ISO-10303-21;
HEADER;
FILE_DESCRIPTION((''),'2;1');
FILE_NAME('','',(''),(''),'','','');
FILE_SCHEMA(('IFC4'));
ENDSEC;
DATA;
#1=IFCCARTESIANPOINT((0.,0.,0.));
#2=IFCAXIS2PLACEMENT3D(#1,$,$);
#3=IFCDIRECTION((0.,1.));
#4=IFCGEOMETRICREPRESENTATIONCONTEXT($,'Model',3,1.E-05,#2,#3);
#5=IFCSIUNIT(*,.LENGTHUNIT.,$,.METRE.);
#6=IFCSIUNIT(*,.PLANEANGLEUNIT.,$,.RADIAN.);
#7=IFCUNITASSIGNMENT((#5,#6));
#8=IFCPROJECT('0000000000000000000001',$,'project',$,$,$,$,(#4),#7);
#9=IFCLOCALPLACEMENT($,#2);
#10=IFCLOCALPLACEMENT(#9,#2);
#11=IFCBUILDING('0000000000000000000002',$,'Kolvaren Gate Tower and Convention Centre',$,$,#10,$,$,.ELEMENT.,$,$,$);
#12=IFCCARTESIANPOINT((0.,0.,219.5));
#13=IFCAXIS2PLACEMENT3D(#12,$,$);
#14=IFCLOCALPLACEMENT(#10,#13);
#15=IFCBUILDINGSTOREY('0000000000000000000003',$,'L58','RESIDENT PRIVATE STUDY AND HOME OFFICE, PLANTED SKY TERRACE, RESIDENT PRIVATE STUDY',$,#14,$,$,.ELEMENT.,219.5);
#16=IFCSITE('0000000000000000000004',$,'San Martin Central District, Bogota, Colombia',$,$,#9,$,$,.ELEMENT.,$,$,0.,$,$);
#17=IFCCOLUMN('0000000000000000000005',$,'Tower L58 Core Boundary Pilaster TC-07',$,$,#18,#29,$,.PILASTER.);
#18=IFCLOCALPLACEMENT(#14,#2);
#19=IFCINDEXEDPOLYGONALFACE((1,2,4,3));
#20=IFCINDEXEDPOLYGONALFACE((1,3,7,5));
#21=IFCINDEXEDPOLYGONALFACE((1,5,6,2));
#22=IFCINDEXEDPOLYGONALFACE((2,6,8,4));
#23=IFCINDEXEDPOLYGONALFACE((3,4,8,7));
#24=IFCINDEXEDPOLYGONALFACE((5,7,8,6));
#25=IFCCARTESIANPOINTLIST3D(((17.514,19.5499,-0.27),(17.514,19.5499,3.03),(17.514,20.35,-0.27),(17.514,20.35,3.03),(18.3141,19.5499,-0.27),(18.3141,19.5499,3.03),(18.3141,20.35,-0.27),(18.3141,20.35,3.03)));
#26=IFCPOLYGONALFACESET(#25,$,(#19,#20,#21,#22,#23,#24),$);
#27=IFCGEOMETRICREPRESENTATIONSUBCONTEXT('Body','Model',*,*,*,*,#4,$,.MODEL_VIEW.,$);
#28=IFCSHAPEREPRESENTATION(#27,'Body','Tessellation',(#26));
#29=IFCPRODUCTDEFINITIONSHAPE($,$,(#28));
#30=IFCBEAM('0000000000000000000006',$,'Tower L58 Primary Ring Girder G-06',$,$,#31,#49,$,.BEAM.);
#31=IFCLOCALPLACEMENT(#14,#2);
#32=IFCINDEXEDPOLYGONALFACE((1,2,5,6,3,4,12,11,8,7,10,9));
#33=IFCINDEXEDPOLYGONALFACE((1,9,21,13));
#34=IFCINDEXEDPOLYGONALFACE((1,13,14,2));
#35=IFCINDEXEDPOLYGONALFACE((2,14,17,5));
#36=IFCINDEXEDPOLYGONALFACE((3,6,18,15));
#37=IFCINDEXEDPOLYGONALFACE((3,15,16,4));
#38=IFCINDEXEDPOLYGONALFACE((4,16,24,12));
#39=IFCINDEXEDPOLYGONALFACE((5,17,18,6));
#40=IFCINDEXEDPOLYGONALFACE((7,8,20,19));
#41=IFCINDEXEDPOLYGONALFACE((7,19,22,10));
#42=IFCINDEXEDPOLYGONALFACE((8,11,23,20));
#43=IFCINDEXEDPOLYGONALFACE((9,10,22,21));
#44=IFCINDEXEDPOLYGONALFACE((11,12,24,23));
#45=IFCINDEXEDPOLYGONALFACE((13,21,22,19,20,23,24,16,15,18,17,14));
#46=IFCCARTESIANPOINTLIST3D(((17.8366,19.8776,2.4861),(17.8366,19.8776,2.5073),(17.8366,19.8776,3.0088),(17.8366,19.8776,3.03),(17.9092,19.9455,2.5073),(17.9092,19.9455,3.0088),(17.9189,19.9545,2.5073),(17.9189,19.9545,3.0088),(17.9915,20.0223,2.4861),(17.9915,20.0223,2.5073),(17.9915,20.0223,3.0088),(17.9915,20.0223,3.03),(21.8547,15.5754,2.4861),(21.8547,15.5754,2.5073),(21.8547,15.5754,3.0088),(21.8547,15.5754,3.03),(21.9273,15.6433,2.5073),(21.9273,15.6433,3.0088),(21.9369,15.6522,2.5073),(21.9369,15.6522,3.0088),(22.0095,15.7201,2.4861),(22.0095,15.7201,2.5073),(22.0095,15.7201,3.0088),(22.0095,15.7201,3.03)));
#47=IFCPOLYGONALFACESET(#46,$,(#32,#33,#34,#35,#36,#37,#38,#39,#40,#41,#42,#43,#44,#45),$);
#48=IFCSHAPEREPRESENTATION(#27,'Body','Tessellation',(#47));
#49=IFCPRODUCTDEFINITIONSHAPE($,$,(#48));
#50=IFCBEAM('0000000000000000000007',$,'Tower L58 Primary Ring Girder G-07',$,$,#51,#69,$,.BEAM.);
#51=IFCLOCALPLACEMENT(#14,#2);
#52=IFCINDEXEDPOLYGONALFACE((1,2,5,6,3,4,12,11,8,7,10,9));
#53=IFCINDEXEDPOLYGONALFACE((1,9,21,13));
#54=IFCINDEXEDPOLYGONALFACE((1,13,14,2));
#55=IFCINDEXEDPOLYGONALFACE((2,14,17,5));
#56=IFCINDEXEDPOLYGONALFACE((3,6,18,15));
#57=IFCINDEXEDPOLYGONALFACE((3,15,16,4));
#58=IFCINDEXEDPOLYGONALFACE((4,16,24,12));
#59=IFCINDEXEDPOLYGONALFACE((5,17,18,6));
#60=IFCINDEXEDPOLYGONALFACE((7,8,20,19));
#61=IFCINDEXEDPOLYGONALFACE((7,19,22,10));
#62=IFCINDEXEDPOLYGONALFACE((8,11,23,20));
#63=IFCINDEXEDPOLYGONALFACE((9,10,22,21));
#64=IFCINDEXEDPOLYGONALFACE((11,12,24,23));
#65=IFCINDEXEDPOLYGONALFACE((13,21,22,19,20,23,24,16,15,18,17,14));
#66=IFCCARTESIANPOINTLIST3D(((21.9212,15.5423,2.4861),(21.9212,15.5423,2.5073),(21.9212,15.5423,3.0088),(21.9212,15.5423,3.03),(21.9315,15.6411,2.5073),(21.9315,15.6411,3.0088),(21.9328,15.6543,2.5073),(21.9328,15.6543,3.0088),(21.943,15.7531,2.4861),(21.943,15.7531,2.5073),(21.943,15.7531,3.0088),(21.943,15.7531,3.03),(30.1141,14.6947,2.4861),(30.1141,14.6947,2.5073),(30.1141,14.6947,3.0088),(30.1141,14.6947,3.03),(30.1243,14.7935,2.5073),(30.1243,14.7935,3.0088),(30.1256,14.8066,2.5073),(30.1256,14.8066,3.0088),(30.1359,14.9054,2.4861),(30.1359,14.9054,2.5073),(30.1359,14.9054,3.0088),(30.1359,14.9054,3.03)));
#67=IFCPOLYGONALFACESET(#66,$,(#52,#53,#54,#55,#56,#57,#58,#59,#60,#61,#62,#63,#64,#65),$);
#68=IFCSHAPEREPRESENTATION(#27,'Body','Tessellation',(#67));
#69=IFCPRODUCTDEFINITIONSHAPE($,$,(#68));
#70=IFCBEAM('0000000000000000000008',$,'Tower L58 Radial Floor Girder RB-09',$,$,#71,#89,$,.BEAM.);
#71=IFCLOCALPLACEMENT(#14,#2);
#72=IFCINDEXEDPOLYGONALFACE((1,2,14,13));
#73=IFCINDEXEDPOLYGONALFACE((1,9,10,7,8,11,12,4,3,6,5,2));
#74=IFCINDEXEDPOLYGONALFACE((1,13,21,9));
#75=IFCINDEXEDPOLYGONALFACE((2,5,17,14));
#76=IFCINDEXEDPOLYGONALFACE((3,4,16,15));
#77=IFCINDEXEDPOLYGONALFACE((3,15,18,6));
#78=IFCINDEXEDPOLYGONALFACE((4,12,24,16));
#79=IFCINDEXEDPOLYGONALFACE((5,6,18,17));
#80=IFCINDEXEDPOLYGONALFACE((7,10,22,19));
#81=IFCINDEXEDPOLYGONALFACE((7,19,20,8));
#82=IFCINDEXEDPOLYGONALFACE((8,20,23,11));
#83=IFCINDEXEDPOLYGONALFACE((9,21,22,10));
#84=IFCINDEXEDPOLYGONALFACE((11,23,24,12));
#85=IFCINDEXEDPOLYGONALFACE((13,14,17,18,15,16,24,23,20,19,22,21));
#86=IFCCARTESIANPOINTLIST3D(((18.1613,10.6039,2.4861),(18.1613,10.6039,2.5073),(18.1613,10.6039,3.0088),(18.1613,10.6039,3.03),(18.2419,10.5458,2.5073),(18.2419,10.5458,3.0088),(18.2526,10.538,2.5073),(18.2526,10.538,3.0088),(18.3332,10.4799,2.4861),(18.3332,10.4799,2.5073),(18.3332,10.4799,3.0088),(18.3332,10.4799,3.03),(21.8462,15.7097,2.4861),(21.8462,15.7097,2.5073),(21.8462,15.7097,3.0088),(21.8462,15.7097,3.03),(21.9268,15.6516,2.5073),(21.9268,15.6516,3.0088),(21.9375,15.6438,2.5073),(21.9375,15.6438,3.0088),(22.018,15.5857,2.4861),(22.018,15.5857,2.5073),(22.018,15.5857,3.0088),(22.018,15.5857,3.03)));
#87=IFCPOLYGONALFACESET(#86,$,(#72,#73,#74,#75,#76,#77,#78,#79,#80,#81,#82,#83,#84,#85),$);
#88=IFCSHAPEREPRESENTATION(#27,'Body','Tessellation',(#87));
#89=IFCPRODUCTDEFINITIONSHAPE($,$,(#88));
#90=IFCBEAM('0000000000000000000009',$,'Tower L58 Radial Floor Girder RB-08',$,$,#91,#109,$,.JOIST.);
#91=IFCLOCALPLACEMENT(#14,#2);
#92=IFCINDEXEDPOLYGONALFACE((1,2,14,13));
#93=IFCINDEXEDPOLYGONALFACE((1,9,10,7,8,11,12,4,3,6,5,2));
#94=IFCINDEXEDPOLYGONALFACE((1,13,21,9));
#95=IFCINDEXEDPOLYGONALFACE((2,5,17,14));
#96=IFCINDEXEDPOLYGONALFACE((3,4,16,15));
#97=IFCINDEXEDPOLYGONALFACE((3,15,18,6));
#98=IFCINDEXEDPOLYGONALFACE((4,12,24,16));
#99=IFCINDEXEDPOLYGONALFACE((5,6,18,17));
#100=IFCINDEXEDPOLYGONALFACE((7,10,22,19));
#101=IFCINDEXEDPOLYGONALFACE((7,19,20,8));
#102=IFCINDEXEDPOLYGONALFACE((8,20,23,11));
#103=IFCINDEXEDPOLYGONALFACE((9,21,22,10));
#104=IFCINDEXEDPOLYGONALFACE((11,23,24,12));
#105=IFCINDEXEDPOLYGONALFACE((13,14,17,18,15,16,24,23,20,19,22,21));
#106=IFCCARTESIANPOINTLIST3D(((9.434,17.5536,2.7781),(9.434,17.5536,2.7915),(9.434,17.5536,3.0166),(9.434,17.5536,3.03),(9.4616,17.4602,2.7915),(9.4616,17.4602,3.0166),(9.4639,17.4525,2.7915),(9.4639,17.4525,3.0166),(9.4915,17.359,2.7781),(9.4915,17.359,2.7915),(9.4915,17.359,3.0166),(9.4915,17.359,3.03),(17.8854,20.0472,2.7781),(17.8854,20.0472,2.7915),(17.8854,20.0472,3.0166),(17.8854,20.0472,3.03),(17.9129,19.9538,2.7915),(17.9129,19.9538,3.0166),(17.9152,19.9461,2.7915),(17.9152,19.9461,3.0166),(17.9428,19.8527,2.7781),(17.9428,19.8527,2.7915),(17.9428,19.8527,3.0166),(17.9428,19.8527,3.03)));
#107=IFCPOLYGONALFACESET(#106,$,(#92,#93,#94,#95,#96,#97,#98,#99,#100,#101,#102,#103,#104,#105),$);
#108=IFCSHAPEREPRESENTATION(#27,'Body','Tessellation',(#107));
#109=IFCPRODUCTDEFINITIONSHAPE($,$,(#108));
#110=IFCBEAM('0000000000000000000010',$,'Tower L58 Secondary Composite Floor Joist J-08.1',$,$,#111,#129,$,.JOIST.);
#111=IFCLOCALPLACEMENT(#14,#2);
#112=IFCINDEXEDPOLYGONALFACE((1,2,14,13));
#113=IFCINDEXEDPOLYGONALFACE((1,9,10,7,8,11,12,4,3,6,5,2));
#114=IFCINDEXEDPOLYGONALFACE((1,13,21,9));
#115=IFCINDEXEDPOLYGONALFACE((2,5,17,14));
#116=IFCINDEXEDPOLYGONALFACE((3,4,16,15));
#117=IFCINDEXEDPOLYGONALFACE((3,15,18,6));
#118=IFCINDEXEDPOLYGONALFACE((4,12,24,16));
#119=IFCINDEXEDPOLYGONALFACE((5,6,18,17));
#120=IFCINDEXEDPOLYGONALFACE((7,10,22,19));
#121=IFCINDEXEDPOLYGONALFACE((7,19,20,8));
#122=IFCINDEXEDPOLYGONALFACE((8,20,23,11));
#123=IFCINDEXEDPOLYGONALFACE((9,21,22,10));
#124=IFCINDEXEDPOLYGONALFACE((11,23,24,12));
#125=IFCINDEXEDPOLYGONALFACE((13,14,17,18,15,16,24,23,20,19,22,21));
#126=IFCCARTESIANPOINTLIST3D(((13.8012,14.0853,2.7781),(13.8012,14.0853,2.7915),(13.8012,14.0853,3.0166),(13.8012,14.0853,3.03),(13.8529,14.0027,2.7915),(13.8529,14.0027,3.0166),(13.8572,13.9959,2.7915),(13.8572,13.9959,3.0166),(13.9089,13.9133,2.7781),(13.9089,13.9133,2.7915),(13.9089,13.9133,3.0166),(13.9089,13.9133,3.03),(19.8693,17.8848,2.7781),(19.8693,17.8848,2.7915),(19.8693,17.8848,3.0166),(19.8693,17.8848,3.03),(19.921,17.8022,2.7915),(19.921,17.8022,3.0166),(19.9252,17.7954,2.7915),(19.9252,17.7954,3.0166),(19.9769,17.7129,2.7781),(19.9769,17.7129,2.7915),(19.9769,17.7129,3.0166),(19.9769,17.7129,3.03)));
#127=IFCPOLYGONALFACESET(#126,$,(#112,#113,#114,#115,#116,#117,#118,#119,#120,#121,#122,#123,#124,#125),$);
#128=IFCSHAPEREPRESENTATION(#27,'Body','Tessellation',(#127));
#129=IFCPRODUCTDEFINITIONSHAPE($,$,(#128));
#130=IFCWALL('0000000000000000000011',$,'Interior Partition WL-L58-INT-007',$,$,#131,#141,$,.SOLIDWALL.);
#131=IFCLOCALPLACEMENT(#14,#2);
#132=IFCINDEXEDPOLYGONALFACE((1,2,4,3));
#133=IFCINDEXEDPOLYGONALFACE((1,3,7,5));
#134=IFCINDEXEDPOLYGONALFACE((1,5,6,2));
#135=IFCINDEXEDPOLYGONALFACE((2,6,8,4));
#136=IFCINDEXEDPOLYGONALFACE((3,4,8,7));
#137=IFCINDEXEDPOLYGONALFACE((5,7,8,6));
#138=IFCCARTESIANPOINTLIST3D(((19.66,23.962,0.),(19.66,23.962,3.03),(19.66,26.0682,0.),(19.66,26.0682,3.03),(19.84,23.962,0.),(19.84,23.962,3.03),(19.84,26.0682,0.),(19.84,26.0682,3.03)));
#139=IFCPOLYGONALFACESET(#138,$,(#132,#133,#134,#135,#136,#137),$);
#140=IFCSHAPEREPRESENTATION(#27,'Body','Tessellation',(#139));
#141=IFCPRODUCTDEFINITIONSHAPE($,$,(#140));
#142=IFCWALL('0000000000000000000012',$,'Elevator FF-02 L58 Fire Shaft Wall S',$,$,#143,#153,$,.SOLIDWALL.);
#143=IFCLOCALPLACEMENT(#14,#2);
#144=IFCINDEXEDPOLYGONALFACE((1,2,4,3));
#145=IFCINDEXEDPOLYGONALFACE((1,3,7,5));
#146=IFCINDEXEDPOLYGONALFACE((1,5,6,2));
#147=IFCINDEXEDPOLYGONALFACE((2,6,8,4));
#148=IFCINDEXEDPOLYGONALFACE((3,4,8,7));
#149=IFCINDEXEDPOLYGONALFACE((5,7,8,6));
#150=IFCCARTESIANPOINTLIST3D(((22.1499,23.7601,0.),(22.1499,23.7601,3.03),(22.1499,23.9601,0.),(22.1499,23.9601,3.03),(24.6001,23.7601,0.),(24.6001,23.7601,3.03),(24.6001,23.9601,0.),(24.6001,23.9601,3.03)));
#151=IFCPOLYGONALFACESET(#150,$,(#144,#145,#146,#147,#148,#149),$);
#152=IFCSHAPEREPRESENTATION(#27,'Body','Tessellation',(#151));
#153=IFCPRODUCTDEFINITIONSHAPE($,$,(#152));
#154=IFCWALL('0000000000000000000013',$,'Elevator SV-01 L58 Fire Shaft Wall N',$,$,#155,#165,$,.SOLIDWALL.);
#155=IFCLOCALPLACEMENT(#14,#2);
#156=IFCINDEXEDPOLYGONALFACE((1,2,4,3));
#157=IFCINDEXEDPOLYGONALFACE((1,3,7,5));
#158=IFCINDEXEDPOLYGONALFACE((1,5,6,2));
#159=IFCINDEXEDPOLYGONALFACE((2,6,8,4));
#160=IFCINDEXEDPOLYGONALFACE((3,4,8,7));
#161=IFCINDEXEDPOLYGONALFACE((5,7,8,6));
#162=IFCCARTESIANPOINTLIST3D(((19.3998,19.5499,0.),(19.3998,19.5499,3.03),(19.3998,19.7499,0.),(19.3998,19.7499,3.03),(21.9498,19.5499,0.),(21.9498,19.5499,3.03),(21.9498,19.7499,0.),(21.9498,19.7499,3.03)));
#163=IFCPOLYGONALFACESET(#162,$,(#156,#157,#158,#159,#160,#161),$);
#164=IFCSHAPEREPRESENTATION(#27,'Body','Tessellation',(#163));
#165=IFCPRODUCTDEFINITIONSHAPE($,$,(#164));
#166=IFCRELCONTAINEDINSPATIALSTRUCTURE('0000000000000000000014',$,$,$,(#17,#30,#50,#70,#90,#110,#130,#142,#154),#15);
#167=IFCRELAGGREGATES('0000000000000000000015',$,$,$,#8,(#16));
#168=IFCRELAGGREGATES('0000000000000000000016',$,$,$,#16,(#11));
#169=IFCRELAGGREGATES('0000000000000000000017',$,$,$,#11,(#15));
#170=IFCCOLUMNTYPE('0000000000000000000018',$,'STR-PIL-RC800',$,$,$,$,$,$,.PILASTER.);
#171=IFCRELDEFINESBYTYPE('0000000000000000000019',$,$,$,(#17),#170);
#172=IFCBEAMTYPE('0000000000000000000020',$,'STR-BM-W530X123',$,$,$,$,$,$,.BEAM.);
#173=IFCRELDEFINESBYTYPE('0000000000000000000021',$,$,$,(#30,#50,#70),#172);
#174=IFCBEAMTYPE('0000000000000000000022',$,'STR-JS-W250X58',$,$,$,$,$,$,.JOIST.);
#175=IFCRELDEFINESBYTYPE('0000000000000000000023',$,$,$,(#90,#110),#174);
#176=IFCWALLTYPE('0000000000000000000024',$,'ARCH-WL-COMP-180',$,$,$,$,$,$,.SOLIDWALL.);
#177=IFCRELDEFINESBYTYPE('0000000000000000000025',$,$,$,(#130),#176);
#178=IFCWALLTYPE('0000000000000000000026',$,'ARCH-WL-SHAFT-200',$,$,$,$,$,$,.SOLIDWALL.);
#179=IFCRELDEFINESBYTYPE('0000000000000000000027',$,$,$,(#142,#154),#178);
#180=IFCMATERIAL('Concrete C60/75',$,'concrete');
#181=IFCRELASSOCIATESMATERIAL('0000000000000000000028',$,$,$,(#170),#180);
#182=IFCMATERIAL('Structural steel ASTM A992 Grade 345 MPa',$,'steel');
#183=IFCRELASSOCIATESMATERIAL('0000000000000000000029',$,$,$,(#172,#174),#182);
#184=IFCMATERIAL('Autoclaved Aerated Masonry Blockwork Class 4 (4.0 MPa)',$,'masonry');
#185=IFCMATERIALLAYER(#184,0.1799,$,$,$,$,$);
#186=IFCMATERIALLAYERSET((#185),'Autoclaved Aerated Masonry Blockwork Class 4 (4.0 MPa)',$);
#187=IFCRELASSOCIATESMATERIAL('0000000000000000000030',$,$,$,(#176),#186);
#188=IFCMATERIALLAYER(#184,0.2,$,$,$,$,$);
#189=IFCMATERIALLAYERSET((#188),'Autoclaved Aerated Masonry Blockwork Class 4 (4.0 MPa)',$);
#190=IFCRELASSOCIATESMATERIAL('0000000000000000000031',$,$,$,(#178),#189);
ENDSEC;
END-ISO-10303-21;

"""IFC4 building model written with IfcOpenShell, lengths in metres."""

from ifc_helpers import new_model, si_unit, direction, frame, frame_2d, origin, origin_2d, place, context, subcontext, project, spatial, rectangle, i_section, extrude, material, layer, layer_set, material_profile, profile_set, type_object, element, save


model = new_model("IFC4")

# Units and contexts
model_context = context("Model", 3, precision=1e-05, world=origin(), true_north=direction((0.0, 1.0)))
body_context = subcontext(model_context, "Body", "Model", "MODEL_VIEW")
ifc_project = project(units=[si_unit("LENGTHUNIT", "METRE"), si_unit("PLANEANGLEUNIT", "RADIAN")], contexts=[model_context])

# Site, building, storey
site_placement = place(None, origin())
site = spatial("IfcSite", under=ifc_project, at=site_placement, Name="San Martin Central District, Bogota, Colombia", CompositionType="ELEMENT", RefElevation=0.0)
building_placement = place(site_placement, origin())
building = spatial("IfcBuilding", under=site, at=building_placement, Name="Kolvaren Gate Tower and Convention Centre", CompositionType="ELEMENT")
storey_placement = place(building_placement, frame((0.0, 0.0, 219.5)))
storey = spatial("IfcBuildingStorey", under=building, at=storey_placement, Name="L58", Description="RESIDENT PRIVATE STUDY AND HOME OFFICE, PLANTED SKY TERRACE, RESIDENT PRIVATE STUDY", CompositionType="ELEMENT", Elevation=219.5)

# Column
ifc_material_1 = material(Name="Concrete C60/75", Category="concrete")
ifc_material_profile_1 = material_profile(ifc_material_1, rectangle(XDim=0.8, YDim=0.8, at=origin_2d()), Name="RC-COL-800X800")
ifc_profile_set_1 = profile_set([ifc_material_profile_1], Name="Concrete C60/75")
column_type = type_object("IfcColumnType", Name="STR-PIL-RC800", PredefinedType="PILASTER", material=ifc_profile_set_1)
column_placement = place(storey_placement, frame((17.9141, 19.95, -0.27), z_axis=(0.0, 0.0, 1.0), x_axis=(1.0, 0.0, 0.0)))
element("IfcColumn", 1, at=column_placement, inside=storey, type_object=column_type, Name="Tower L58 Core Boundary Pilaster TC-07", PredefinedType="PILASTER", context=body_context, shape_type="SweptSolid", body=[
    extrude(rectangle(XDim=0.8, YDim=0.8, at=origin_2d()), origin(), (0.0, 0.0, 1.0), 3.3),
])

# Beams
ifc_material_2 = material(Name="Structural steel ASTM A992 Grade 345 MPa", Category="steel")
ifc_material_profile_2 = material_profile(ifc_material_2, i_section(OverallWidth=0.2119, OverallDepth=0.5439, WebThickness=0.0132, FlangeThickness=0.0212, at=origin_2d()), Name="W530X123")
ifc_profile_set_2 = profile_set([ifc_material_profile_2], Name="Structural steel ASTM A992 Grade 345 MPa")
beam_type_1 = type_object("IfcBeamType", Name="STR-BM-W530X123", PredefinedType="BEAM", material=ifc_profile_set_2)
beam_1_placement = place(storey_placement, frame((17.9141, 19.95, 2.7581), z_axis=(0.682558, -0.730832, 0.0), x_axis=(0.730832, 0.682558, 0.0)))
element("IfcBeam", 2, at=beam_1_placement, inside=storey, type_object=beam_type_1, Name="Tower L58 Primary Ring Girder G-06", PredefinedType="BEAM", context=body_context, shape_type="SweptSolid", body=[
    extrude(i_section(OverallWidth=0.2119, OverallDepth=0.5439, WebThickness=0.0132, FlangeThickness=0.0212, at=origin_2d()), origin(), (0.0, 0.0, 1.0), 5.8867),
])
beam_2_placement = place(storey_placement, frame((21.9321, 15.6477, 2.7581), z_axis=(0.99469, -0.102913, 0.0), x_axis=(0.102913, 0.99469, 0.0)))
element("IfcBeam", 3, at=beam_2_placement, inside=storey, type_object=beam_type_1, Name="Tower L58 Primary Ring Girder G-07", PredefinedType="BEAM", context=body_context, shape_type="SweptSolid", body=[
    extrude(i_section(OverallWidth=0.2119, OverallDepth=0.5439, WebThickness=0.0132, FlangeThickness=0.0212, at=origin_2d()), origin(), (0.0, 0.0, 1.0), 8.2366),
])
beam_3_placement = place(storey_placement, frame((21.9321, 15.6477, 2.7581), z_axis=(-0.585214, -0.810879, 0.0), x_axis=(0.810879, -0.585214, 0.0)))
element("IfcBeam", 4, at=beam_3_placement, inside=storey, type_object=beam_type_1, Name="Tower L58 Radial Floor Girder RB-09", PredefinedType="BEAM", context=body_context, shape_type="SweptSolid", body=[
    extrude(i_section(OverallWidth=0.2119, OverallDepth=0.5439, WebThickness=0.0132, FlangeThickness=0.0212, at=origin_2d()), origin(), (0.0, 0.0, 1.0), 6.2966),
])
ifc_material_profile_3 = material_profile(ifc_material_2, i_section(OverallWidth=0.2029, OverallDepth=0.252, WebThickness=0.0081, FlangeThickness=0.0134, at=origin_2d()), Name="W250X58")
ifc_profile_set_3 = profile_set([ifc_material_profile_3], Name="Structural steel ASTM A992 Grade 345 MPa")
beam_type_2 = type_object("IfcBeamType", Name="STR-JS-W250X58", PredefinedType="JOIST", material=ifc_profile_set_3)
beam_4_placement = place(storey_placement, frame((17.9141, 19.95, 2.9041), z_axis=(-0.959121, -0.282996, 0.0), x_axis=(0.282996, -0.959121, 0.0)))
element("IfcBeam", 5, at=beam_4_placement, inside=storey, type_object=beam_type_2, Name="Tower L58 Radial Floor Girder RB-08", PredefinedType="JOIST", context=body_context, shape_type="SweptSolid", body=[
    extrude(i_section(OverallWidth=0.2029, OverallDepth=0.252, WebThickness=0.0081, FlangeThickness=0.0134, at=origin_2d()), origin(), (0.0, 0.0, 1.0), 8.8115),
])
beam_5_placement = place(storey_placement, frame((19.9231, 17.7988, 2.9041), z_axis=(-0.847559, -0.530701, 0.0), x_axis=(0.530701, -0.847559, 0.0)))
element("IfcBeam", 6, at=beam_5_placement, inside=storey, type_object=beam_type_2, Name="Tower L58 Secondary Composite Floor Joist J-08.1", PredefinedType="JOIST", context=body_context, shape_type="SweptSolid", body=[
    extrude(i_section(OverallWidth=0.2029, OverallDepth=0.252, WebThickness=0.0081, FlangeThickness=0.0134, at=origin_2d()), origin(), (0.0, 0.0, 1.0), 7.1594),
])

# Walls
ifc_material_3 = material(Name="Autoclaved Aerated Masonry Blockwork Class 4 (4.0 MPa)", Category="masonry")
ifc_layer_1 = layer(ifc_material_3, 0.1799)
ifc_layer_set_1 = layer_set([ifc_layer_1], Name="Autoclaved Aerated Masonry Blockwork Class 4 (4.0 MPa)")
wall_type_1 = type_object("IfcWallType", Name="ARCH-WL-COMP-180", PredefinedType="SOLIDWALL", material=ifc_layer_set_1)
wall_1_placement = place(storey_placement, frame((19.75, 23.9619, 0.0), z_axis=(0.0, 0.0, 1.0), x_axis=(0.0, 1.0, 0.0)))
element("IfcWall", 7, at=wall_1_placement, inside=storey, type_object=wall_type_1, Name="Interior Partition WL-L58-INT-007", PredefinedType="SOLIDWALL", context=body_context, shape_type="SweptSolid", body=[
    extrude(rectangle(XDim=2.1062, YDim=0.1799, at=frame_2d((1.0532, 0.0))), origin(), (0.0, 0.0, 1.0), 3.03),
])
ifc_layer_2 = layer(ifc_material_3, 0.2)
ifc_layer_set_2 = layer_set([ifc_layer_2], Name="Autoclaved Aerated Masonry Blockwork Class 4 (4.0 MPa)")
wall_type_2 = type_object("IfcWallType", Name="ARCH-WL-SHAFT-200", PredefinedType="SOLIDWALL", material=ifc_layer_set_2)
wall_2_placement = place(storey_placement, frame((22.1499, 23.8601, 0.0), z_axis=(0.0, 0.0, 1.0), x_axis=(1.0, 0.0, 0.0)))
element("IfcWall", 8, at=wall_2_placement, inside=storey, type_object=wall_type_2, Name="Elevator FF-02 L58 Fire Shaft Wall S", PredefinedType="SOLIDWALL", context=body_context, shape_type="SweptSolid", body=[
    extrude(rectangle(XDim=2.4502, YDim=0.2, at=frame_2d((1.2251, 0.0))), origin(), (0.0, 0.0, 1.0), 3.03),
])
wall_3_placement = place(storey_placement, frame((19.3999, 19.6499, 0.0), z_axis=(0.0, 0.0, 1.0), x_axis=(1.0, 0.0, 0.0)))
element("IfcWall", 9, at=wall_3_placement, inside=storey, type_object=wall_type_2, Name="Elevator SV-01 L58 Fire Shaft Wall N", PredefinedType="SOLIDWALL", context=body_context, shape_type="SweptSolid", body=[
    extrude(rectangle(XDim=2.55, YDim=0.2, at=frame_2d((1.2749, 0.0))), origin(), (0.0, 0.0, 1.0), 3.03),
])

save(model, "model.ifc")
